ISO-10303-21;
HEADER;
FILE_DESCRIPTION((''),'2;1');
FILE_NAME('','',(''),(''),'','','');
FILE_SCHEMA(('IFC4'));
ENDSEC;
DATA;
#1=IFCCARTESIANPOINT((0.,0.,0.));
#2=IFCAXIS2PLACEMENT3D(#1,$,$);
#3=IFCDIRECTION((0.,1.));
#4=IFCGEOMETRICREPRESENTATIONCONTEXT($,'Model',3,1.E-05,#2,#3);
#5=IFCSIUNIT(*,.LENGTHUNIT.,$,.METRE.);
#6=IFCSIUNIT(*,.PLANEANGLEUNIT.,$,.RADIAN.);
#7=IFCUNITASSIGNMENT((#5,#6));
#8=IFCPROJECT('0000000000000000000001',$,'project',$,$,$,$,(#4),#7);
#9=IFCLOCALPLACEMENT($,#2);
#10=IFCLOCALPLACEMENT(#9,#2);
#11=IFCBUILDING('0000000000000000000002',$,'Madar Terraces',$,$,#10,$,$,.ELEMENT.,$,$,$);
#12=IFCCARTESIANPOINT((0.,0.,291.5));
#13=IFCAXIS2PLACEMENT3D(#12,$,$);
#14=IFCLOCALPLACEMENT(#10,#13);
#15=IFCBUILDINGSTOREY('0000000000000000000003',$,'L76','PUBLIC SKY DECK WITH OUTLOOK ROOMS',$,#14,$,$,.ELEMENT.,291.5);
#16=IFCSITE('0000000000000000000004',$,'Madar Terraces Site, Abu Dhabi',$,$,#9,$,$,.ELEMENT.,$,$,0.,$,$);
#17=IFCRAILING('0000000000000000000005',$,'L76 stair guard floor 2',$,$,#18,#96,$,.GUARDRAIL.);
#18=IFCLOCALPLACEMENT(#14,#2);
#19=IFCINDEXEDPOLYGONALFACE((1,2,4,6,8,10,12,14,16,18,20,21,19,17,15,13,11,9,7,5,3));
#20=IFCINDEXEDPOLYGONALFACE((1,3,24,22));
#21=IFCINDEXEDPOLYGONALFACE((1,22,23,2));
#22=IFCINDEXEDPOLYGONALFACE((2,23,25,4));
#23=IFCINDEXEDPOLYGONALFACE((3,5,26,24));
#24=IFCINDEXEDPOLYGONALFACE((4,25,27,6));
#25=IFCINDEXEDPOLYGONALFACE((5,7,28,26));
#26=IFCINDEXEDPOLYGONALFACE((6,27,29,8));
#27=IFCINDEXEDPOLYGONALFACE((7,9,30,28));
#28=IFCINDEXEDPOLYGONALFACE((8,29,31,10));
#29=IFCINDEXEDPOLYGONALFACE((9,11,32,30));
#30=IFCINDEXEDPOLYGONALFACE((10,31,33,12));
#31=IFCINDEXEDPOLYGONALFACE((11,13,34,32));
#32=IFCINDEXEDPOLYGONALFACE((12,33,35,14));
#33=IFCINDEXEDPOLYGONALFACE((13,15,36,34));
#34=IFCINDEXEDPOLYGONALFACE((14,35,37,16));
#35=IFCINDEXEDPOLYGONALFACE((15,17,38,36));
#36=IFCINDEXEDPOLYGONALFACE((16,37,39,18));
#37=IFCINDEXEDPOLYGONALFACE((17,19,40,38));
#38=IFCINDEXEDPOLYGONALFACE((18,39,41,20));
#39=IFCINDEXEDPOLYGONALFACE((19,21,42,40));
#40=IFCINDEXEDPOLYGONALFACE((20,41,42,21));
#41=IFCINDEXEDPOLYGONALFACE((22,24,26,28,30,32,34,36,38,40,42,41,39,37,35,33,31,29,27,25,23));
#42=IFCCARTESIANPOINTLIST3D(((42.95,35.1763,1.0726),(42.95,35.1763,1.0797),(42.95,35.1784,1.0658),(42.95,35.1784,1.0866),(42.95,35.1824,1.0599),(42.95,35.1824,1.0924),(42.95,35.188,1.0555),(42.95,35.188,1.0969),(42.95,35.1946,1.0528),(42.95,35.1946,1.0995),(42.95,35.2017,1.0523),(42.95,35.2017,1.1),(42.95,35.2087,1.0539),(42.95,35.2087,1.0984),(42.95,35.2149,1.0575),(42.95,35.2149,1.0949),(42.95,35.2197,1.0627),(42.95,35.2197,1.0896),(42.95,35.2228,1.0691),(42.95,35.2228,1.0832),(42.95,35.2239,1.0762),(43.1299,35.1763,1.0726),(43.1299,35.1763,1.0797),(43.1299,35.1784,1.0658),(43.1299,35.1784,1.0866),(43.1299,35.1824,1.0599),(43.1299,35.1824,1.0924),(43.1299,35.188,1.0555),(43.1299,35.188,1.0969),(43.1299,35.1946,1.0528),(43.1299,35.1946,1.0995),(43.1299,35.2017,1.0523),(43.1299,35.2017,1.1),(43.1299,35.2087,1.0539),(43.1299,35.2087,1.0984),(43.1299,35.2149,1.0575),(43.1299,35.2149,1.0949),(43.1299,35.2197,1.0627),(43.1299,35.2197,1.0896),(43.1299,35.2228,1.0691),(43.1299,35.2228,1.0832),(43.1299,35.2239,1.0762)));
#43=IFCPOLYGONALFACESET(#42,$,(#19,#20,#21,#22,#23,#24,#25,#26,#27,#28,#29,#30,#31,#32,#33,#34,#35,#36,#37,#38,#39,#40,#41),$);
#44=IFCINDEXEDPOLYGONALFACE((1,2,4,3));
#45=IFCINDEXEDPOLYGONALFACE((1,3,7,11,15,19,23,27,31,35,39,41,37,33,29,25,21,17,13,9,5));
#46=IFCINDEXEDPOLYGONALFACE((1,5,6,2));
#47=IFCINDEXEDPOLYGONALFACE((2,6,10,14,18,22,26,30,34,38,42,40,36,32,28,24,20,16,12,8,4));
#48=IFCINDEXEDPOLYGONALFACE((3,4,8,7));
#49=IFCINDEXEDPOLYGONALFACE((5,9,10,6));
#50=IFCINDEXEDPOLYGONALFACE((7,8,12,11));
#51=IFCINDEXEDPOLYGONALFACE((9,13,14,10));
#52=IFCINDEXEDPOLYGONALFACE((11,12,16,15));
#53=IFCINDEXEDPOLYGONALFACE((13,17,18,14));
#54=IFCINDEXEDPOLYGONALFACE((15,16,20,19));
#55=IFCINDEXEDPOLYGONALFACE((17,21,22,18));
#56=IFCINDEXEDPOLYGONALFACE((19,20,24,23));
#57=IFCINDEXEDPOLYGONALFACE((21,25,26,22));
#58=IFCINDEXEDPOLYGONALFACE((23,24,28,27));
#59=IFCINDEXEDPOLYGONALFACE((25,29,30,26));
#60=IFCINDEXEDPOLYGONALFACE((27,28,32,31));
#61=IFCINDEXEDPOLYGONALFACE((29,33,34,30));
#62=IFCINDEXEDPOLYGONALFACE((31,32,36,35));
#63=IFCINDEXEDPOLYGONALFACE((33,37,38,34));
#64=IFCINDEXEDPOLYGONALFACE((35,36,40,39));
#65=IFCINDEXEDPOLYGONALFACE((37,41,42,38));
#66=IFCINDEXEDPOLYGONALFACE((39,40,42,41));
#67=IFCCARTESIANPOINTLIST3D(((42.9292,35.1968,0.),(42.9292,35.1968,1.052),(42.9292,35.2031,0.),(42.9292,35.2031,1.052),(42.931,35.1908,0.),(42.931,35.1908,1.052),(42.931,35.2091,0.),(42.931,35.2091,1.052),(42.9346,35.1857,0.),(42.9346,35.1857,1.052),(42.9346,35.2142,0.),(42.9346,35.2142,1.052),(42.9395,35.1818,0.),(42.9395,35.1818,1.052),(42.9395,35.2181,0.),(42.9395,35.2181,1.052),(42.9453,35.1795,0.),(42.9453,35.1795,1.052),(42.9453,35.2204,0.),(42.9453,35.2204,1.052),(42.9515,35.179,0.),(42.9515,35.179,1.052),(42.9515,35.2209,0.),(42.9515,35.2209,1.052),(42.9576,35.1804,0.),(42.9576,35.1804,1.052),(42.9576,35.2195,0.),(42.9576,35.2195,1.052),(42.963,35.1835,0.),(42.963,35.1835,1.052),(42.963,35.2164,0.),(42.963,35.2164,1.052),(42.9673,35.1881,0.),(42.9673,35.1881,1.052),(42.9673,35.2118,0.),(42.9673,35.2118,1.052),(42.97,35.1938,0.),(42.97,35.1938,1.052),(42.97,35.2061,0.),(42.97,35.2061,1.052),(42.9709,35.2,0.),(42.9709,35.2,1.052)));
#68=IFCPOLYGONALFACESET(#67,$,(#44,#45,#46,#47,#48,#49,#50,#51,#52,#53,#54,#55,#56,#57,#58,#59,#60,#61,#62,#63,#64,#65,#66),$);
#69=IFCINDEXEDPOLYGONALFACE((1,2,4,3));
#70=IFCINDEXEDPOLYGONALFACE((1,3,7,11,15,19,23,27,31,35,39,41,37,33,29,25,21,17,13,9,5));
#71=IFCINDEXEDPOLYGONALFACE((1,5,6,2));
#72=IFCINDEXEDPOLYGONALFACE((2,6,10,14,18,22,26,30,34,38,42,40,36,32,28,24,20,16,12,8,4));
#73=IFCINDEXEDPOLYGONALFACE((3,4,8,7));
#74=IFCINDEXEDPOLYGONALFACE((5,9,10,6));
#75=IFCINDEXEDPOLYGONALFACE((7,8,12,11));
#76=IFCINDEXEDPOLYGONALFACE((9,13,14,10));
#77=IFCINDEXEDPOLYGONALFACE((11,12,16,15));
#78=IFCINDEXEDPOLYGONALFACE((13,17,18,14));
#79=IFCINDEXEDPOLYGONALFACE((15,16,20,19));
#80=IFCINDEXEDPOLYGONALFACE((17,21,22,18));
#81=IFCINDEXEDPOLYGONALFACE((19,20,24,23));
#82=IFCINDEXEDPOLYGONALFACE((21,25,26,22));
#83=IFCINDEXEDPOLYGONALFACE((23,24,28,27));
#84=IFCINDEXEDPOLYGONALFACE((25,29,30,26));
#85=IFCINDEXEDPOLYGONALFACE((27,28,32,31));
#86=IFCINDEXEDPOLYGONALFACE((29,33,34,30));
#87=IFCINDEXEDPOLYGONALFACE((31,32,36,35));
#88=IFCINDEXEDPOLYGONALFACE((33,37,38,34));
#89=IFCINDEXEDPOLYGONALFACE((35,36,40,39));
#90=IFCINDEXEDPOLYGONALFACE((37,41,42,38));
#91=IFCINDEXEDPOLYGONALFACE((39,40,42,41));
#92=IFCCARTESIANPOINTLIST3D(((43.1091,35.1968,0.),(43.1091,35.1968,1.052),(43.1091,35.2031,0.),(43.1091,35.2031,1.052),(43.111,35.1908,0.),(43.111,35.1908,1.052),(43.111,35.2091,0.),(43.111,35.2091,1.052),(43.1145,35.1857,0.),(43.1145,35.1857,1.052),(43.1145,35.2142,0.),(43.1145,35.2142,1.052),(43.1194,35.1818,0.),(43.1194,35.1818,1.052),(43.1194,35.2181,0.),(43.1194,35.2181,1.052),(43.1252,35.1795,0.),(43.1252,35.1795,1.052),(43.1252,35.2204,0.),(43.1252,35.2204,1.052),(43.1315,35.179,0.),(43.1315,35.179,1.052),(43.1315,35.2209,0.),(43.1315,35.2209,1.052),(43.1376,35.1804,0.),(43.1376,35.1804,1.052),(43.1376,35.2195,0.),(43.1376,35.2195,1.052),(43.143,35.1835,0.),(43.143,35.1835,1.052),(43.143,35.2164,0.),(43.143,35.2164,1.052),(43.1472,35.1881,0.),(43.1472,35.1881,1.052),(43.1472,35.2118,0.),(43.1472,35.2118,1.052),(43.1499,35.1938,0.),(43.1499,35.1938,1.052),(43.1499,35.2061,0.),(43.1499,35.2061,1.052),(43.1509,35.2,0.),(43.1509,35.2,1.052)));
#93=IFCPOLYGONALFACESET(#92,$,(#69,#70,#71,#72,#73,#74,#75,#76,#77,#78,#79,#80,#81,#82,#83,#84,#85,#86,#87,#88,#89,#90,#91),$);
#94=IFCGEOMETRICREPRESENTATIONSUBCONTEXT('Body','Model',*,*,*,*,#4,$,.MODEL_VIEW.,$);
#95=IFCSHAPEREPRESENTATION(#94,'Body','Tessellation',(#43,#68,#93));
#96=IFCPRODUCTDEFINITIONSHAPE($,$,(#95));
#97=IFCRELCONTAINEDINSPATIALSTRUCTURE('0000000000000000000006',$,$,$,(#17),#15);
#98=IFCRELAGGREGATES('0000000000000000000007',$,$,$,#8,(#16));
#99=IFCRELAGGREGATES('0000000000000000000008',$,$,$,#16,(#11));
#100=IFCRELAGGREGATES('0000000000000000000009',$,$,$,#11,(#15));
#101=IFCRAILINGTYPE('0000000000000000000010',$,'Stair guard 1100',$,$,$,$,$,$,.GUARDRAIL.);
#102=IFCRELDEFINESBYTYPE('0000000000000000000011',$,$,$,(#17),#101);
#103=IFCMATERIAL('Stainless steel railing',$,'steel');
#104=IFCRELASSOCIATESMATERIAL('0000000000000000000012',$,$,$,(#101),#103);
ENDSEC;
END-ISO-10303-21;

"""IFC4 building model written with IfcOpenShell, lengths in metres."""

from ifc_helpers import new_model, si_unit, direction, frame, origin, origin_2d, place, context, subcontext, project, spatial, circle, extrude, material, type_object, element, save


model = new_model("IFC4")

# Units and contexts
model_context = context("Model", 3, precision=1e-05, world=origin(), true_north=direction((0.0, 1.0)))
body_context = subcontext(model_context, "Body", "Model", "MODEL_VIEW")
ifc_project = project(units=[si_unit("LENGTHUNIT", "METRE"), si_unit("PLANEANGLEUNIT", "RADIAN")], contexts=[model_context])

# Site, building, storey
site_placement = place(None, origin())
site = spatial("IfcSite", under=ifc_project, at=site_placement, Name="Madar Terraces Site, Abu Dhabi", CompositionType="ELEMENT", RefElevation=0.0)
building_placement = place(site_placement, origin())
building = spatial("IfcBuilding", under=site, at=building_placement, Name="Madar Terraces", CompositionType="ELEMENT")
storey_placement = place(building_placement, frame((0.0, 0.0, 291.5)))
storey = spatial("IfcBuildingStorey", under=building, at=storey_placement, Name="L76", Description="PUBLIC SKY DECK WITH OUTLOOK ROOMS", CompositionType="ELEMENT", Elevation=291.5)

# Railing
ifc_material_1 = material(Name="Stainless steel railing", Category="steel")
railing_type_1 = type_object("IfcRailingType", Name="Stair guard 1100", PredefinedType="GUARDRAIL", material=ifc_material_1)
for number, where, name in (
    (1, (42.95, 35.2, 0.0), "L76 stair guard floor 2"),
):
    element("IfcRailing", number, at=place(storey_placement, frame(where)), inside=storey, type_object=railing_type_1, Name=name, PredefinedType="GUARDRAIL", context=body_context, shape_type="SweptSolid", body=[
        extrude(circle(Radius=0.0239, at=origin_2d()), frame((0.0, 0.0, 1.0762), z_axis=(1.0, 0.0, 0.0), x_axis=(0.0, 1.0, 0.0)), (0.0, 0.0, 1.0), 0.1799),
        extrude(circle(Radius=0.021, at=origin_2d()), origin(), (0.0, 0.0, 1.0), 1.052),
        extrude(circle(Radius=0.021, at=origin_2d()), frame((0.1799, 0.0, 0.0)), (0.0, 0.0, 1.0), 1.052),
    ])

save(model, "model.ifc")
